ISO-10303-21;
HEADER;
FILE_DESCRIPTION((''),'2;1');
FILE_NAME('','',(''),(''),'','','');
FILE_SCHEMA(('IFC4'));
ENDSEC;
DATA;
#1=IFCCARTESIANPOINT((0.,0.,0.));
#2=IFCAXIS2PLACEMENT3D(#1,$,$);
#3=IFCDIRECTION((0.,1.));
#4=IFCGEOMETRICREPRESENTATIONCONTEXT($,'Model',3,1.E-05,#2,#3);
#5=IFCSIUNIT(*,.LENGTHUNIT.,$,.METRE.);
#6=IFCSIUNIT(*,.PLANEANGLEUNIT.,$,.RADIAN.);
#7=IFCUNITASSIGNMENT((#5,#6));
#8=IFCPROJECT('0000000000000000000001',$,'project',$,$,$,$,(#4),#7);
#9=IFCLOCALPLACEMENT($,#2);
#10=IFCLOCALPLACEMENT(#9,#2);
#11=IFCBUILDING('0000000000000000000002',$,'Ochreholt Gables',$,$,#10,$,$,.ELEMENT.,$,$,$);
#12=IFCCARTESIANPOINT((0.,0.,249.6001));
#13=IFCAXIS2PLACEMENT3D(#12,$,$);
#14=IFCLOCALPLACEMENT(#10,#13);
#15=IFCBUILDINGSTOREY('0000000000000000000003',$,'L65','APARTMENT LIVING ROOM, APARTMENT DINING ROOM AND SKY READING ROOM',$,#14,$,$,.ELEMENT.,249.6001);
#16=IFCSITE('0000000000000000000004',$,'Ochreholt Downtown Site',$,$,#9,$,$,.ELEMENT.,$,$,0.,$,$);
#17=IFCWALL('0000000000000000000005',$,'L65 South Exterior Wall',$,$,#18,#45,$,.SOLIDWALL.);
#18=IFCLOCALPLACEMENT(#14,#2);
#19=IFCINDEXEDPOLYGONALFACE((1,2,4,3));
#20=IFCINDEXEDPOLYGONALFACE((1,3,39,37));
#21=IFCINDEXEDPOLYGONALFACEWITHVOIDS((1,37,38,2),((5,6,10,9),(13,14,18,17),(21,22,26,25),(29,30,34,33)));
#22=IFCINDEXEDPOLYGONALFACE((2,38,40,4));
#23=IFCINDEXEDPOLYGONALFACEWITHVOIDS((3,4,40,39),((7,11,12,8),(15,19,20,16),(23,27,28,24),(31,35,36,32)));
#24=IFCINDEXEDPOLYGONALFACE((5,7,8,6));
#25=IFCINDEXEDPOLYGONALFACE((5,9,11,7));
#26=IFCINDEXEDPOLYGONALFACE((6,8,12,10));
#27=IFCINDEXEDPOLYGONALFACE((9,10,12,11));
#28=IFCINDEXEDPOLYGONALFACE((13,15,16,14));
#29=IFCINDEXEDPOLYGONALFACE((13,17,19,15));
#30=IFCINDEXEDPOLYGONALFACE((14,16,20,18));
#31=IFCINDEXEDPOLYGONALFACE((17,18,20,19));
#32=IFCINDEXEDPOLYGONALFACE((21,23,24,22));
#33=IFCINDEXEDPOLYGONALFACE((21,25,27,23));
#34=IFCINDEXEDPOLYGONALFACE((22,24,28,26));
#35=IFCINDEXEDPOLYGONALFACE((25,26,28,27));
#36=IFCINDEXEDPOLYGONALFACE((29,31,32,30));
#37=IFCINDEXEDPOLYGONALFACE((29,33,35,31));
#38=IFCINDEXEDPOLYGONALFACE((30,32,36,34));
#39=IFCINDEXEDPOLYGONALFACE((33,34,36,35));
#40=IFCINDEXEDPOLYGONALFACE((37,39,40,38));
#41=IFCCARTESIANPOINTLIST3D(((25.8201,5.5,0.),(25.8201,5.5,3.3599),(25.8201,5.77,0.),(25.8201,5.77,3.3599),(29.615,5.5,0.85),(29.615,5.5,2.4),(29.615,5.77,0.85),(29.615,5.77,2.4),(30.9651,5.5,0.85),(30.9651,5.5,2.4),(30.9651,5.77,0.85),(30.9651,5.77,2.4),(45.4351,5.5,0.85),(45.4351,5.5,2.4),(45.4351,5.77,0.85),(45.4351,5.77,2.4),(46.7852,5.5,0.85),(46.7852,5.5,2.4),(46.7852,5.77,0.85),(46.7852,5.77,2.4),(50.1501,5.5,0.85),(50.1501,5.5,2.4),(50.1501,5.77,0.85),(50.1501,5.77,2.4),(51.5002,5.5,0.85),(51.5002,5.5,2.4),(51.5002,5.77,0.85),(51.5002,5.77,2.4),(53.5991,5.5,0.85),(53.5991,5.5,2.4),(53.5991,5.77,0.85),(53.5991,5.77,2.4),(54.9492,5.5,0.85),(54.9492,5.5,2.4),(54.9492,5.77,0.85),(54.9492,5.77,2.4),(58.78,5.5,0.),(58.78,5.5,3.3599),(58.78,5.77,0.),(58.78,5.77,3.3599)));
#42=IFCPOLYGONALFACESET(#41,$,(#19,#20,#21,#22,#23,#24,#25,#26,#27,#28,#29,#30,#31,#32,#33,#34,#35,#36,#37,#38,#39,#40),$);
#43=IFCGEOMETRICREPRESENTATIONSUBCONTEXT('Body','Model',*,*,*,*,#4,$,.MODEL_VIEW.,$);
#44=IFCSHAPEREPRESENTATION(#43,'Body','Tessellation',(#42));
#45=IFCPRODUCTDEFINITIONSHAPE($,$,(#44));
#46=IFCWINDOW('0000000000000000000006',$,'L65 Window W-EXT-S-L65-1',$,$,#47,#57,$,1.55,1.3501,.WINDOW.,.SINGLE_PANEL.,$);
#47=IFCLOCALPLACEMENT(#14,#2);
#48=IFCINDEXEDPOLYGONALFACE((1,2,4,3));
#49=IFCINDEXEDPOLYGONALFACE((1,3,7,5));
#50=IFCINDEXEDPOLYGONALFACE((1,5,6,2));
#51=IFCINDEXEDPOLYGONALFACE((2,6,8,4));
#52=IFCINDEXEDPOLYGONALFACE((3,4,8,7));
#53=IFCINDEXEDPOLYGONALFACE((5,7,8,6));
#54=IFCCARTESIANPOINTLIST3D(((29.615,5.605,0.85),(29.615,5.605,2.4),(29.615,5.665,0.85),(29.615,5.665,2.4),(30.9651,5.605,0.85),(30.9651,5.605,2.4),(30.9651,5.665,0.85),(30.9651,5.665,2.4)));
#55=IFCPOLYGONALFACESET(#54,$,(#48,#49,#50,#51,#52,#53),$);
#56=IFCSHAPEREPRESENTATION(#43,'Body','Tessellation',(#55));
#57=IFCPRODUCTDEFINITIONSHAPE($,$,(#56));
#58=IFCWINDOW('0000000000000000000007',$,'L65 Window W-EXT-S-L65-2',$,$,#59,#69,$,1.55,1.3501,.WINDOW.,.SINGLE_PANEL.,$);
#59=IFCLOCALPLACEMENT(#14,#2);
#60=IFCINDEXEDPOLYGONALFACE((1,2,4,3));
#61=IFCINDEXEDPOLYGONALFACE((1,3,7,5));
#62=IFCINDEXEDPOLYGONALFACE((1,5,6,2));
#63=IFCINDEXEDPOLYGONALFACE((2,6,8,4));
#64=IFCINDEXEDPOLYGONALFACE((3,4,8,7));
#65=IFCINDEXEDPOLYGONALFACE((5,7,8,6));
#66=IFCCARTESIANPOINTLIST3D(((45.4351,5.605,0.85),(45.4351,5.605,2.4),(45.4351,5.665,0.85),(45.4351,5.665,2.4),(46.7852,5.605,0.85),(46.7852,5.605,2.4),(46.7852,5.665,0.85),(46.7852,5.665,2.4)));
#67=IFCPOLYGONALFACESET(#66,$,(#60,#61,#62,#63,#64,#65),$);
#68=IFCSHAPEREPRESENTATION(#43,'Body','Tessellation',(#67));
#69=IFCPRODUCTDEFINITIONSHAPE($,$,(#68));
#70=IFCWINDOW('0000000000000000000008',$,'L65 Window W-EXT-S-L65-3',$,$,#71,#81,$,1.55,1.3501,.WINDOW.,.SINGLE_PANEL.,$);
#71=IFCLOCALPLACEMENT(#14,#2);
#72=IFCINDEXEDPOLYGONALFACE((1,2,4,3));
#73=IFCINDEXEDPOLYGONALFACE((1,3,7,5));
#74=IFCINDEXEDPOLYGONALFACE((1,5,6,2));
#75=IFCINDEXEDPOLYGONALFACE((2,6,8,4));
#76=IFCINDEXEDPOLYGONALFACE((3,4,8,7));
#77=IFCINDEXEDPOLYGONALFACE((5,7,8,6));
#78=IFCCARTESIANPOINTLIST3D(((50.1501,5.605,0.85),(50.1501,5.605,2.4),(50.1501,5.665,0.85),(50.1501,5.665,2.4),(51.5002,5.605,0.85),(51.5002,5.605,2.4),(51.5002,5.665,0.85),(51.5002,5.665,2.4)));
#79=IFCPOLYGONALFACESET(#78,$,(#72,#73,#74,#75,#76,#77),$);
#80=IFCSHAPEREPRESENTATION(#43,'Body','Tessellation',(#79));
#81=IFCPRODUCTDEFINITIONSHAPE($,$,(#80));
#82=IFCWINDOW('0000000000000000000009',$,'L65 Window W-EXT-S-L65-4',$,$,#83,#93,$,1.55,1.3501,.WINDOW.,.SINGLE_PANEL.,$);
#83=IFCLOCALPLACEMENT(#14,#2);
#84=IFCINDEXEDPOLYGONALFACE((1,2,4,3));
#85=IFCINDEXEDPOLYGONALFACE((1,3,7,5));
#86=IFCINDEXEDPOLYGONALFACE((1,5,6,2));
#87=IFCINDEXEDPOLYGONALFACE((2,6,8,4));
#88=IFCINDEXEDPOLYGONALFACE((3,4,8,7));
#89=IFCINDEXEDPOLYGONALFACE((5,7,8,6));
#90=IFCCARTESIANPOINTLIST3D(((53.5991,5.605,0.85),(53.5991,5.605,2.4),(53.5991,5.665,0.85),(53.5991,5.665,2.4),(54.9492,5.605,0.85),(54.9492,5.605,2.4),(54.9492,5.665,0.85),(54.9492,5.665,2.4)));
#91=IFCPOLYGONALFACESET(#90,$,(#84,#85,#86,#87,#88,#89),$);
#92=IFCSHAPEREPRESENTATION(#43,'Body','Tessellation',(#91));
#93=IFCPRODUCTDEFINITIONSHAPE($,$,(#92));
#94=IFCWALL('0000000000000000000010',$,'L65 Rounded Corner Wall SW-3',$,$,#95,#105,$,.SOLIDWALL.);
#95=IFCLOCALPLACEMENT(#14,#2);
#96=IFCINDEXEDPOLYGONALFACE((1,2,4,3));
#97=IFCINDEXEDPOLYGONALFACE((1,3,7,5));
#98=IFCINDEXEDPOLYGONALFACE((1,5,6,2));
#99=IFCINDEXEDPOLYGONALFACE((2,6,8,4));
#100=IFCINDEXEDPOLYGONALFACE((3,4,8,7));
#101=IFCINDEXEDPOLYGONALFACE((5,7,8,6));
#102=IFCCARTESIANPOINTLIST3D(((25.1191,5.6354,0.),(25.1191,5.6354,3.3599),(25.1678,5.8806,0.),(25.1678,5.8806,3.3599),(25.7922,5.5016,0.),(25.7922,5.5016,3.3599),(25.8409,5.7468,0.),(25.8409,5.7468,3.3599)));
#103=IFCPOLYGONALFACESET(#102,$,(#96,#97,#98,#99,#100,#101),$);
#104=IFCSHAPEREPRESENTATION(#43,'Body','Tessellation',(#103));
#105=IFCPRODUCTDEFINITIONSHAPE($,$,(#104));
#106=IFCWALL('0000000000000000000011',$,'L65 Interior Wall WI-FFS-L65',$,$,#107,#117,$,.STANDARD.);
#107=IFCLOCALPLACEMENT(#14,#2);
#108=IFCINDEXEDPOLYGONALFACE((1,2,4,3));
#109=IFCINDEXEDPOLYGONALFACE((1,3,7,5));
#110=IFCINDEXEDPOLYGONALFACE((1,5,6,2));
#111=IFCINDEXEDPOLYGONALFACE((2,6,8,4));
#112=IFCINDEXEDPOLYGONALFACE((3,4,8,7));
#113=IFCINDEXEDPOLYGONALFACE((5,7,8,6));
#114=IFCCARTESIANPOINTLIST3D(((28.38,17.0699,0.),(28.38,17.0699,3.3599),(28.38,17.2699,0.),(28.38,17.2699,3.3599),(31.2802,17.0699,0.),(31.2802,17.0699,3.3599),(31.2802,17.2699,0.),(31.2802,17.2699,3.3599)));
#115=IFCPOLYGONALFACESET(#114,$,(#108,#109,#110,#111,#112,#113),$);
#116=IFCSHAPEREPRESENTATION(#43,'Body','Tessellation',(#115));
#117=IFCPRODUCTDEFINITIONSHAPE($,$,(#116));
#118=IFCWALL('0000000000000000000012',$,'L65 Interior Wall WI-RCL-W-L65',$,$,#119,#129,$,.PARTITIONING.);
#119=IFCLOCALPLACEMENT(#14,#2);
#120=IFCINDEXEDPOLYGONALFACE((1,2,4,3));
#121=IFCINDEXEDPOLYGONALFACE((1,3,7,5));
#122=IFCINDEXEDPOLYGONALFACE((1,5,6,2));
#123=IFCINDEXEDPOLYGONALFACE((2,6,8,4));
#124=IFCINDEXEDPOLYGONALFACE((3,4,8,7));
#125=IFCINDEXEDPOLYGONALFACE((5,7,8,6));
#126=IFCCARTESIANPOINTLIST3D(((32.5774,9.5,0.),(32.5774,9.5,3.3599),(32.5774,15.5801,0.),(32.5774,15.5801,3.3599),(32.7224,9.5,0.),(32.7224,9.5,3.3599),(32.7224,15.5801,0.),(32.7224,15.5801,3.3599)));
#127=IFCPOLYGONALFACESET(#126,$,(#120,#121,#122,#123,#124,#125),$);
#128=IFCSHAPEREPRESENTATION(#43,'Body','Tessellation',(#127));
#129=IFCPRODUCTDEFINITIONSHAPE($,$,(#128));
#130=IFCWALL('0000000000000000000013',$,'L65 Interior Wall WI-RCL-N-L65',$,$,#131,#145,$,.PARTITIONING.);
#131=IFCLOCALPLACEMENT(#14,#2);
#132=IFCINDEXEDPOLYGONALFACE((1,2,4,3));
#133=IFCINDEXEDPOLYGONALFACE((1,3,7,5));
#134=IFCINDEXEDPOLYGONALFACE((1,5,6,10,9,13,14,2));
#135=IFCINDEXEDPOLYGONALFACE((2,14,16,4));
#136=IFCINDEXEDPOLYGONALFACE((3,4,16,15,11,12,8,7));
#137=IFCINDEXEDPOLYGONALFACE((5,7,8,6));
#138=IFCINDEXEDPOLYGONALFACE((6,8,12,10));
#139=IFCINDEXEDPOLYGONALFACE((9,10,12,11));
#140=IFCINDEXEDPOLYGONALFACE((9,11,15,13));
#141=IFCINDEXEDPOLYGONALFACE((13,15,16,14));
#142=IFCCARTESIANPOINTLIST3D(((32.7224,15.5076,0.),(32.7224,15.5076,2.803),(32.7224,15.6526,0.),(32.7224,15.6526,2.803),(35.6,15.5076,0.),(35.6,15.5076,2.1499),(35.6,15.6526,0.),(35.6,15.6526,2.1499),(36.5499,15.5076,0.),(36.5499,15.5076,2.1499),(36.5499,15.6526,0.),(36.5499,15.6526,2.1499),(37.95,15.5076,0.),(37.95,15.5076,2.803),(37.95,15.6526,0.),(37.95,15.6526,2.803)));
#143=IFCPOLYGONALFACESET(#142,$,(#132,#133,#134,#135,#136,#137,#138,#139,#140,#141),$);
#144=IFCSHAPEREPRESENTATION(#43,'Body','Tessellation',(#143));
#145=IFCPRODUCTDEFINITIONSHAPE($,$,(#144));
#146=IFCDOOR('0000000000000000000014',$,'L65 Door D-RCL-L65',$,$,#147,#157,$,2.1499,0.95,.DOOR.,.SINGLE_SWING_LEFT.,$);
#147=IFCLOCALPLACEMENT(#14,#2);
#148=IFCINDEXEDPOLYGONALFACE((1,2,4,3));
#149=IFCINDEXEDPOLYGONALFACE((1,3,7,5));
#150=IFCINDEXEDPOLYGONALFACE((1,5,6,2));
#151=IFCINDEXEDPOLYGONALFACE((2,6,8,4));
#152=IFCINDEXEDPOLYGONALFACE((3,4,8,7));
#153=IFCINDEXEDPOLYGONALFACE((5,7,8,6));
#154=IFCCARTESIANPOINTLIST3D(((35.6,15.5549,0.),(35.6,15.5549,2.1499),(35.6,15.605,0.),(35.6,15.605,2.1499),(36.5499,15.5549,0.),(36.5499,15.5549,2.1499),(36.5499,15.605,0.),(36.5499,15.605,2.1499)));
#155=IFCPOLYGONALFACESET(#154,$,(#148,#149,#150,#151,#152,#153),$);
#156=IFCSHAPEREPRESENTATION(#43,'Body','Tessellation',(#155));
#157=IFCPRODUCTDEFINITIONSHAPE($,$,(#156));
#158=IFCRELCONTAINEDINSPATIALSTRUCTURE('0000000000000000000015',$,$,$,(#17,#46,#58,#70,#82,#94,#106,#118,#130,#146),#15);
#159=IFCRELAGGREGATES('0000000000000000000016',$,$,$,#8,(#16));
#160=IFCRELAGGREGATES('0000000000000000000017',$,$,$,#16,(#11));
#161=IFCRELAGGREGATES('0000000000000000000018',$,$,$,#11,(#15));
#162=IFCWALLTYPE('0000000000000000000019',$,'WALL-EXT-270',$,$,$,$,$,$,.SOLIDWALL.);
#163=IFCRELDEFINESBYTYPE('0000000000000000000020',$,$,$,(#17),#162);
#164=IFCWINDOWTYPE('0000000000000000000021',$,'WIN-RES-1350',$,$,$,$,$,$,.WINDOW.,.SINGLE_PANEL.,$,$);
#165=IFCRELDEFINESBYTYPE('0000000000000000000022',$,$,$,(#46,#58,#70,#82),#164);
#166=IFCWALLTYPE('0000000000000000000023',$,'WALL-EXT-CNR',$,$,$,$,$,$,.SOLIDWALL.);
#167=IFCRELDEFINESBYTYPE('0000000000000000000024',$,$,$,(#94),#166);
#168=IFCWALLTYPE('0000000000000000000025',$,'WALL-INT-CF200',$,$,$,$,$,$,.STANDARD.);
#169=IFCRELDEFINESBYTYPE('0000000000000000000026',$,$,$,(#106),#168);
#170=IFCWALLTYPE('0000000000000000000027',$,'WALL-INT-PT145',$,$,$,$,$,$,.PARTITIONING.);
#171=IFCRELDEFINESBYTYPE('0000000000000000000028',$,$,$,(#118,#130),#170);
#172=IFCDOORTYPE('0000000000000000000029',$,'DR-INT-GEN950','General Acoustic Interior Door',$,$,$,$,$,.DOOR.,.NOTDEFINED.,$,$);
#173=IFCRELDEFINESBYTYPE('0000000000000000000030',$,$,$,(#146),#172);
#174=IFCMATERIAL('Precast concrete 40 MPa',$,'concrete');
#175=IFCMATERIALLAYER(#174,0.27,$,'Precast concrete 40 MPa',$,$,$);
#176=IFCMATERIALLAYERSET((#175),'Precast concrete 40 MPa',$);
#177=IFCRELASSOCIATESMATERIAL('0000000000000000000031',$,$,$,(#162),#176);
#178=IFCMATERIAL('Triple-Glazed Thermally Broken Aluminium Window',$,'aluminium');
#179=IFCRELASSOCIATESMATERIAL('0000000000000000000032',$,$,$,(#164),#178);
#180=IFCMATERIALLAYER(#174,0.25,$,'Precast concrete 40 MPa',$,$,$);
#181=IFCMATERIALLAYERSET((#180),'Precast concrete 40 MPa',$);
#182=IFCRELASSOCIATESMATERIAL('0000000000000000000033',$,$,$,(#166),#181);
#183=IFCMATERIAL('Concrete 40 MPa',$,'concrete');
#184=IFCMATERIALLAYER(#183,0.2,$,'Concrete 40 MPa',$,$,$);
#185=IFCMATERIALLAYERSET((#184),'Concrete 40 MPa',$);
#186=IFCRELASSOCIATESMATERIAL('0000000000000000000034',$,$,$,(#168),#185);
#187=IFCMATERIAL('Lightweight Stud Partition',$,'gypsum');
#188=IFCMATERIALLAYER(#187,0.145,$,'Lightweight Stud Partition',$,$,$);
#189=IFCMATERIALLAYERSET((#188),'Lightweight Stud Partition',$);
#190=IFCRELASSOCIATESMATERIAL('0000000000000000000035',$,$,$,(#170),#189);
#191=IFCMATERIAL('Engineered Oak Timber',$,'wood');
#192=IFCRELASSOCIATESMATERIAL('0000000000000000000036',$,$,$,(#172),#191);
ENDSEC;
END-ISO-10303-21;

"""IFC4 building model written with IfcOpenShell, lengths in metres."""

from ifc_helpers import new_model, si_unit, direction, frame, frame_2d, origin, place, context, subcontext, project, spatial, rectangle, extrude, material, layer, layer_set, type_object, element, fill, save


model = new_model("IFC4")

# Units and contexts
model_context = context("Model", 3, precision=1e-05, world=origin(), true_north=direction((0.0, 1.0)))
body_context = subcontext(model_context, "Body", "Model", "MODEL_VIEW")
ifc_project = project(units=[si_unit("LENGTHUNIT", "METRE"), si_unit("PLANEANGLEUNIT", "RADIAN")], contexts=[model_context])

# Site, building, storey
site_placement = place(None, origin())
site = spatial("IfcSite", under=ifc_project, at=site_placement, Name="Ochreholt Downtown Site", CompositionType="ELEMENT", RefElevation=0.0)
building_placement = place(site_placement, origin())
building = spatial("IfcBuilding", under=site, at=building_placement, Name="Ochreholt Gables", CompositionType="ELEMENT")
storey_placement = place(building_placement, frame((0.0, 0.0, 249.6001)))
storey = spatial("IfcBuildingStorey", under=building, at=storey_placement, Name="L65", Description="APARTMENT LIVING ROOM, APARTMENT DINING ROOM AND SKY READING ROOM", CompositionType="ELEMENT", Elevation=249.6001)

# Wall, openings, windows
ifc_material_1 = material(Name="Precast concrete 40 MPa", Category="concrete")
ifc_layer_1 = layer(ifc_material_1, 0.27, Name="Precast concrete 40 MPa")
ifc_layer_set_1 = layer_set([ifc_layer_1], Name="Precast concrete 40 MPa")
wall_type_1 = type_object("IfcWallType", Name="WALL-EXT-270", PredefinedType="SOLIDWALL", material=ifc_layer_set_1)
wall_1_placement = place(storey_placement, frame((25.8201, 5.635, 0.0), z_axis=(0.0, 0.0, 1.0), x_axis=(1.0, 0.0, 0.0)))
wall_1 = element("IfcWall", 1, at=wall_1_placement, inside=storey, type_object=wall_type_1, Name="L65 South Exterior Wall", PredefinedType="SOLIDWALL", context=body_context, shape_type="SweptSolid", body=[
    extrude(rectangle(XDim=32.96, YDim=0.27, at=frame_2d((16.48, 0.0))), origin(), (0.0, 0.0, 1.0), 3.3599),
])
opening_1_placement = place(wall_1_placement, frame((3.7949, 0.0, 0.8501)))
opening_1 = element("IfcOpeningElement", 2, at=opening_1_placement, cuts=wall_1, PredefinedType="OPENING", context=body_context, shape_type="SweptSolid", body=[
    extrude(rectangle(XDim=1.3501, YDim=1.55, at=frame_2d((0.675, 0.7749))), frame((0.0, 0.145, 0.0), z_axis=(0.0, -1.0, 0.0), x_axis=(1.0, 0.0, 0.0)), (0.0, 0.0, 1.0), 0.29),
])
opening_2_placement = place(wall_1_placement, frame((19.615, 0.0, 0.8501)))
opening_2 = element("IfcOpeningElement", 3, at=opening_2_placement, cuts=wall_1, PredefinedType="OPENING", context=body_context, shape_type="SweptSolid", body=[
    extrude(rectangle(XDim=1.3501, YDim=1.55, at=frame_2d((0.675, 0.7749))), frame((0.0, 0.145, 0.0), z_axis=(0.0, -1.0, 0.0), x_axis=(1.0, 0.0, 0.0)), (0.0, 0.0, 1.0), 0.29),
])
opening_3_placement = place(wall_1_placement, frame((24.3301, 0.0, 0.8501)))
opening_3 = element("IfcOpeningElement", 4, at=opening_3_placement, cuts=wall_1, PredefinedType="OPENING", context=body_context, shape_type="SweptSolid", body=[
    extrude(rectangle(XDim=1.3501, YDim=1.55, at=frame_2d((0.675, 0.7749))), frame((0.0, 0.145, 0.0), z_axis=(0.0, -1.0, 0.0), x_axis=(1.0, 0.0, 0.0)), (0.0, 0.0, 1.0), 0.29),
])
opening_4_placement = place(wall_1_placement, frame((27.7791, 0.0, 0.8501)))
opening_4 = element("IfcOpeningElement", 5, at=opening_4_placement, cuts=wall_1, PredefinedType="OPENING", context=body_context, shape_type="SweptSolid", body=[
    extrude(rectangle(XDim=1.3501, YDim=1.55, at=frame_2d((0.675, 0.7749))), frame((0.0, 0.145, 0.0), z_axis=(0.0, -1.0, 0.0), x_axis=(1.0, 0.0, 0.0)), (0.0, 0.0, 1.0), 0.29),
])
ifc_material_2 = material(Name="Triple-Glazed Thermally Broken Aluminium Window", Category="aluminium")
window_type = type_object("IfcWindowType", Name="WIN-RES-1350", PartitioningType="SINGLE_PANEL", PredefinedType="WINDOW", material=ifc_material_2)
window_1_placement = place(opening_1_placement, origin())
window_1 = element("IfcWindow", 6, at=window_1_placement, inside=storey, type_object=window_type, Name="L65 Window W-EXT-S-L65-1", OverallHeight=1.55, OverallWidth=1.3501, PartitioningType="SINGLE_PANEL", PredefinedType="WINDOW", context=body_context, shape_type="SweptSolid", body=[
    extrude(rectangle(XDim=1.3501, YDim=1.55, at=frame_2d((0.675, 0.7749))), frame((0.0, 0.03, 0.0), z_axis=(0.0, -1.0, 0.0), x_axis=(1.0, 0.0, 0.0)), (0.0, 0.0, 1.0), 0.0601),
])
fill(opening_1, window_1)
window_2_placement = place(opening_2_placement, origin())
window_2 = element("IfcWindow", 7, at=window_2_placement, inside=storey, type_object=window_type, Name="L65 Window W-EXT-S-L65-2", OverallHeight=1.55, OverallWidth=1.3501, PartitioningType="SINGLE_PANEL", PredefinedType="WINDOW", context=body_context, shape_type="SweptSolid", body=[
    extrude(rectangle(XDim=1.3501, YDim=1.55, at=frame_2d((0.675, 0.7749))), frame((0.0, 0.03, 0.0), z_axis=(0.0, -1.0, 0.0), x_axis=(1.0, 0.0, 0.0)), (0.0, 0.0, 1.0), 0.0601),
])
fill(opening_2, window_2)
window_3_placement = place(opening_3_placement, origin())
window_3 = element("IfcWindow", 8, at=window_3_placement, inside=storey, type_object=window_type, Name="L65 Window W-EXT-S-L65-3", OverallHeight=1.55, OverallWidth=1.3501, PartitioningType="SINGLE_PANEL", PredefinedType="WINDOW", context=body_context, shape_type="SweptSolid", body=[
    extrude(rectangle(XDim=1.3501, YDim=1.55, at=frame_2d((0.675, 0.7749))), frame((0.0, 0.03, 0.0), z_axis=(0.0, -1.0, 0.0), x_axis=(1.0, 0.0, 0.0)), (0.0, 0.0, 1.0), 0.0601),
])
fill(opening_3, window_3)
window_4_placement = place(opening_4_placement, origin())
window_4 = element("IfcWindow", 9, at=window_4_placement, inside=storey, type_object=window_type, Name="L65 Window W-EXT-S-L65-4", OverallHeight=1.55, OverallWidth=1.3501, PartitioningType="SINGLE_PANEL", PredefinedType="WINDOW", context=body_context, shape_type="SweptSolid", body=[
    extrude(rectangle(XDim=1.3501, YDim=1.55, at=frame_2d((0.675, 0.7749))), frame((0.0, 0.03, 0.0), z_axis=(0.0, -1.0, 0.0), x_axis=(1.0, 0.0, 0.0)), (0.0, 0.0, 1.0), 0.0601),
])
fill(opening_4, window_4)

# Walls
ifc_layer_2 = layer(ifc_material_1, 0.25, Name="Precast concrete 40 MPa")
ifc_layer_set_2 = layer_set([ifc_layer_2], Name="Precast concrete 40 MPa")
wall_type_2 = type_object("IfcWallType", Name="WALL-EXT-CNR", PredefinedType="SOLIDWALL", material=ifc_layer_set_2)
wall_2_placement = place(storey_placement, frame((25.1433, 5.7581, 0.0), z_axis=(0.0, 0.0, 1.0), x_axis=(0.980813, -0.194953, 0.0)))
element("IfcWall", 10, at=wall_2_placement, inside=storey, type_object=wall_type_2, Name="L65 Rounded Corner Wall SW-3", PredefinedType="SOLIDWALL", context=body_context, shape_type="SweptSolid", body=[
    extrude(rectangle(XDim=0.6863, YDim=0.25, at=frame_2d((0.3433, 0.0))), origin(), (0.0, 0.0, 1.0), 3.3599),
])
ifc_material_3 = material(Name="Concrete 40 MPa", Category="concrete")
ifc_layer_3 = layer(ifc_material_3, 0.2, Name="Concrete 40 MPa")
ifc_layer_set_3 = layer_set([ifc_layer_3], Name="Concrete 40 MPa")
wall_type_3 = type_object("IfcWallType", Name="WALL-INT-CF200", PredefinedType="STANDARD", material=ifc_layer_set_3)
wall_3_placement = place(storey_placement, frame((28.3799, 17.1699, 0.0), z_axis=(0.0, 0.0, 1.0), x_axis=(1.0, 0.0, 0.0)))
element("IfcWall", 11, at=wall_3_placement, inside=storey, type_object=wall_type_3, Name="L65 Interior Wall WI-FFS-L65", PredefinedType="STANDARD", context=body_context, shape_type="SweptSolid", body=[
    extrude(rectangle(XDim=2.9001, YDim=0.2, at=frame_2d((1.4502, 0.0))), origin(), (0.0, 0.0, 1.0), 3.3599),
])

# Wall
ifc_material_4 = material(Name="Lightweight Stud Partition", Category="gypsum")
ifc_layer_4 = layer(ifc_material_4, 0.145, Name="Lightweight Stud Partition")
ifc_layer_set_4 = layer_set([ifc_layer_4], Name="Lightweight Stud Partition")
wall_type_4 = type_object("IfcWallType", Name="WALL-INT-PT145", PredefinedType="PARTITIONING", material=ifc_layer_set_4)
wall_4_placement = place(storey_placement, frame((32.6499, 9.5, 0.0), z_axis=(0.0, 0.0, 1.0), x_axis=(0.0, 1.0, 0.0)))
element("IfcWall", 12, at=wall_4_placement, inside=storey, type_object=wall_type_4, Name="L65 Interior Wall WI-RCL-W-L65", PredefinedType="PARTITIONING", context=body_context, shape_type="SweptSolid", body=[
    extrude(rectangle(XDim=6.0801, YDim=0.145, at=frame_2d((3.04, 0.0))), origin(), (0.0, 0.0, 1.0), 3.3599),
])

# Wall, opening, door
wall_5_placement = place(storey_placement, frame((32.7224, 15.5801, 0.0), z_axis=(0.0, 0.0, 1.0), x_axis=(1.0, 0.0, 0.0)))
wall_5 = element("IfcWall", 13, at=wall_5_placement, inside=storey, type_object=wall_type_4, Name="L65 Interior Wall WI-RCL-N-L65", PredefinedType="PARTITIONING", context=body_context, shape_type="SweptSolid", body=[
    extrude(rectangle(XDim=5.2275, YDim=0.145, at=frame_2d((2.6138, 0.0))), origin(), (0.0, 0.0, 1.0), 2.803),
])
opening_5_placement = place(wall_5_placement, frame((2.8774, 0.0, 0.0)))
opening_5 = element("IfcOpeningElement", 14, at=opening_5_placement, cuts=wall_5, PredefinedType="OPENING", context=body_context, shape_type="SweptSolid", body=[
    extrude(rectangle(XDim=0.95, YDim=2.1499, at=frame_2d((0.4751, 1.075))), frame((0.0, 0.0825, 0.0), z_axis=(0.0, -1.0, 0.0), x_axis=(1.0, 0.0, 0.0)), (0.0, 0.0, 1.0), 0.165),
])
ifc_material_5 = material(Name="Engineered Oak Timber", Category="wood")
door_type_1 = type_object("IfcDoorType", Name="DR-INT-GEN950", Description="General Acoustic Interior Door", OperationType="NOTDEFINED", PredefinedType="DOOR", material=ifc_material_5)
door_1_placement = place(opening_5_placement, origin())
door_1 = element("IfcDoor", 15, at=door_1_placement, inside=storey, type_object=door_type_1, Name="L65 Door D-RCL-L65", OperationType="SINGLE_SWING_LEFT", OverallHeight=2.1499, OverallWidth=0.95, PredefinedType="DOOR", context=body_context, shape_type="SweptSolid", body=[
    extrude(rectangle(XDim=0.95, YDim=2.1499, at=frame_2d((0.4751, 1.075))), frame((0.0, 0.0249, 0.0), z_axis=(0.0, -1.0, 0.0), x_axis=(1.0, 0.0, 0.0)), (0.0, 0.0, 1.0), 0.05),
])
fill(opening_5, door_1)

save(model, "model.ifc")
